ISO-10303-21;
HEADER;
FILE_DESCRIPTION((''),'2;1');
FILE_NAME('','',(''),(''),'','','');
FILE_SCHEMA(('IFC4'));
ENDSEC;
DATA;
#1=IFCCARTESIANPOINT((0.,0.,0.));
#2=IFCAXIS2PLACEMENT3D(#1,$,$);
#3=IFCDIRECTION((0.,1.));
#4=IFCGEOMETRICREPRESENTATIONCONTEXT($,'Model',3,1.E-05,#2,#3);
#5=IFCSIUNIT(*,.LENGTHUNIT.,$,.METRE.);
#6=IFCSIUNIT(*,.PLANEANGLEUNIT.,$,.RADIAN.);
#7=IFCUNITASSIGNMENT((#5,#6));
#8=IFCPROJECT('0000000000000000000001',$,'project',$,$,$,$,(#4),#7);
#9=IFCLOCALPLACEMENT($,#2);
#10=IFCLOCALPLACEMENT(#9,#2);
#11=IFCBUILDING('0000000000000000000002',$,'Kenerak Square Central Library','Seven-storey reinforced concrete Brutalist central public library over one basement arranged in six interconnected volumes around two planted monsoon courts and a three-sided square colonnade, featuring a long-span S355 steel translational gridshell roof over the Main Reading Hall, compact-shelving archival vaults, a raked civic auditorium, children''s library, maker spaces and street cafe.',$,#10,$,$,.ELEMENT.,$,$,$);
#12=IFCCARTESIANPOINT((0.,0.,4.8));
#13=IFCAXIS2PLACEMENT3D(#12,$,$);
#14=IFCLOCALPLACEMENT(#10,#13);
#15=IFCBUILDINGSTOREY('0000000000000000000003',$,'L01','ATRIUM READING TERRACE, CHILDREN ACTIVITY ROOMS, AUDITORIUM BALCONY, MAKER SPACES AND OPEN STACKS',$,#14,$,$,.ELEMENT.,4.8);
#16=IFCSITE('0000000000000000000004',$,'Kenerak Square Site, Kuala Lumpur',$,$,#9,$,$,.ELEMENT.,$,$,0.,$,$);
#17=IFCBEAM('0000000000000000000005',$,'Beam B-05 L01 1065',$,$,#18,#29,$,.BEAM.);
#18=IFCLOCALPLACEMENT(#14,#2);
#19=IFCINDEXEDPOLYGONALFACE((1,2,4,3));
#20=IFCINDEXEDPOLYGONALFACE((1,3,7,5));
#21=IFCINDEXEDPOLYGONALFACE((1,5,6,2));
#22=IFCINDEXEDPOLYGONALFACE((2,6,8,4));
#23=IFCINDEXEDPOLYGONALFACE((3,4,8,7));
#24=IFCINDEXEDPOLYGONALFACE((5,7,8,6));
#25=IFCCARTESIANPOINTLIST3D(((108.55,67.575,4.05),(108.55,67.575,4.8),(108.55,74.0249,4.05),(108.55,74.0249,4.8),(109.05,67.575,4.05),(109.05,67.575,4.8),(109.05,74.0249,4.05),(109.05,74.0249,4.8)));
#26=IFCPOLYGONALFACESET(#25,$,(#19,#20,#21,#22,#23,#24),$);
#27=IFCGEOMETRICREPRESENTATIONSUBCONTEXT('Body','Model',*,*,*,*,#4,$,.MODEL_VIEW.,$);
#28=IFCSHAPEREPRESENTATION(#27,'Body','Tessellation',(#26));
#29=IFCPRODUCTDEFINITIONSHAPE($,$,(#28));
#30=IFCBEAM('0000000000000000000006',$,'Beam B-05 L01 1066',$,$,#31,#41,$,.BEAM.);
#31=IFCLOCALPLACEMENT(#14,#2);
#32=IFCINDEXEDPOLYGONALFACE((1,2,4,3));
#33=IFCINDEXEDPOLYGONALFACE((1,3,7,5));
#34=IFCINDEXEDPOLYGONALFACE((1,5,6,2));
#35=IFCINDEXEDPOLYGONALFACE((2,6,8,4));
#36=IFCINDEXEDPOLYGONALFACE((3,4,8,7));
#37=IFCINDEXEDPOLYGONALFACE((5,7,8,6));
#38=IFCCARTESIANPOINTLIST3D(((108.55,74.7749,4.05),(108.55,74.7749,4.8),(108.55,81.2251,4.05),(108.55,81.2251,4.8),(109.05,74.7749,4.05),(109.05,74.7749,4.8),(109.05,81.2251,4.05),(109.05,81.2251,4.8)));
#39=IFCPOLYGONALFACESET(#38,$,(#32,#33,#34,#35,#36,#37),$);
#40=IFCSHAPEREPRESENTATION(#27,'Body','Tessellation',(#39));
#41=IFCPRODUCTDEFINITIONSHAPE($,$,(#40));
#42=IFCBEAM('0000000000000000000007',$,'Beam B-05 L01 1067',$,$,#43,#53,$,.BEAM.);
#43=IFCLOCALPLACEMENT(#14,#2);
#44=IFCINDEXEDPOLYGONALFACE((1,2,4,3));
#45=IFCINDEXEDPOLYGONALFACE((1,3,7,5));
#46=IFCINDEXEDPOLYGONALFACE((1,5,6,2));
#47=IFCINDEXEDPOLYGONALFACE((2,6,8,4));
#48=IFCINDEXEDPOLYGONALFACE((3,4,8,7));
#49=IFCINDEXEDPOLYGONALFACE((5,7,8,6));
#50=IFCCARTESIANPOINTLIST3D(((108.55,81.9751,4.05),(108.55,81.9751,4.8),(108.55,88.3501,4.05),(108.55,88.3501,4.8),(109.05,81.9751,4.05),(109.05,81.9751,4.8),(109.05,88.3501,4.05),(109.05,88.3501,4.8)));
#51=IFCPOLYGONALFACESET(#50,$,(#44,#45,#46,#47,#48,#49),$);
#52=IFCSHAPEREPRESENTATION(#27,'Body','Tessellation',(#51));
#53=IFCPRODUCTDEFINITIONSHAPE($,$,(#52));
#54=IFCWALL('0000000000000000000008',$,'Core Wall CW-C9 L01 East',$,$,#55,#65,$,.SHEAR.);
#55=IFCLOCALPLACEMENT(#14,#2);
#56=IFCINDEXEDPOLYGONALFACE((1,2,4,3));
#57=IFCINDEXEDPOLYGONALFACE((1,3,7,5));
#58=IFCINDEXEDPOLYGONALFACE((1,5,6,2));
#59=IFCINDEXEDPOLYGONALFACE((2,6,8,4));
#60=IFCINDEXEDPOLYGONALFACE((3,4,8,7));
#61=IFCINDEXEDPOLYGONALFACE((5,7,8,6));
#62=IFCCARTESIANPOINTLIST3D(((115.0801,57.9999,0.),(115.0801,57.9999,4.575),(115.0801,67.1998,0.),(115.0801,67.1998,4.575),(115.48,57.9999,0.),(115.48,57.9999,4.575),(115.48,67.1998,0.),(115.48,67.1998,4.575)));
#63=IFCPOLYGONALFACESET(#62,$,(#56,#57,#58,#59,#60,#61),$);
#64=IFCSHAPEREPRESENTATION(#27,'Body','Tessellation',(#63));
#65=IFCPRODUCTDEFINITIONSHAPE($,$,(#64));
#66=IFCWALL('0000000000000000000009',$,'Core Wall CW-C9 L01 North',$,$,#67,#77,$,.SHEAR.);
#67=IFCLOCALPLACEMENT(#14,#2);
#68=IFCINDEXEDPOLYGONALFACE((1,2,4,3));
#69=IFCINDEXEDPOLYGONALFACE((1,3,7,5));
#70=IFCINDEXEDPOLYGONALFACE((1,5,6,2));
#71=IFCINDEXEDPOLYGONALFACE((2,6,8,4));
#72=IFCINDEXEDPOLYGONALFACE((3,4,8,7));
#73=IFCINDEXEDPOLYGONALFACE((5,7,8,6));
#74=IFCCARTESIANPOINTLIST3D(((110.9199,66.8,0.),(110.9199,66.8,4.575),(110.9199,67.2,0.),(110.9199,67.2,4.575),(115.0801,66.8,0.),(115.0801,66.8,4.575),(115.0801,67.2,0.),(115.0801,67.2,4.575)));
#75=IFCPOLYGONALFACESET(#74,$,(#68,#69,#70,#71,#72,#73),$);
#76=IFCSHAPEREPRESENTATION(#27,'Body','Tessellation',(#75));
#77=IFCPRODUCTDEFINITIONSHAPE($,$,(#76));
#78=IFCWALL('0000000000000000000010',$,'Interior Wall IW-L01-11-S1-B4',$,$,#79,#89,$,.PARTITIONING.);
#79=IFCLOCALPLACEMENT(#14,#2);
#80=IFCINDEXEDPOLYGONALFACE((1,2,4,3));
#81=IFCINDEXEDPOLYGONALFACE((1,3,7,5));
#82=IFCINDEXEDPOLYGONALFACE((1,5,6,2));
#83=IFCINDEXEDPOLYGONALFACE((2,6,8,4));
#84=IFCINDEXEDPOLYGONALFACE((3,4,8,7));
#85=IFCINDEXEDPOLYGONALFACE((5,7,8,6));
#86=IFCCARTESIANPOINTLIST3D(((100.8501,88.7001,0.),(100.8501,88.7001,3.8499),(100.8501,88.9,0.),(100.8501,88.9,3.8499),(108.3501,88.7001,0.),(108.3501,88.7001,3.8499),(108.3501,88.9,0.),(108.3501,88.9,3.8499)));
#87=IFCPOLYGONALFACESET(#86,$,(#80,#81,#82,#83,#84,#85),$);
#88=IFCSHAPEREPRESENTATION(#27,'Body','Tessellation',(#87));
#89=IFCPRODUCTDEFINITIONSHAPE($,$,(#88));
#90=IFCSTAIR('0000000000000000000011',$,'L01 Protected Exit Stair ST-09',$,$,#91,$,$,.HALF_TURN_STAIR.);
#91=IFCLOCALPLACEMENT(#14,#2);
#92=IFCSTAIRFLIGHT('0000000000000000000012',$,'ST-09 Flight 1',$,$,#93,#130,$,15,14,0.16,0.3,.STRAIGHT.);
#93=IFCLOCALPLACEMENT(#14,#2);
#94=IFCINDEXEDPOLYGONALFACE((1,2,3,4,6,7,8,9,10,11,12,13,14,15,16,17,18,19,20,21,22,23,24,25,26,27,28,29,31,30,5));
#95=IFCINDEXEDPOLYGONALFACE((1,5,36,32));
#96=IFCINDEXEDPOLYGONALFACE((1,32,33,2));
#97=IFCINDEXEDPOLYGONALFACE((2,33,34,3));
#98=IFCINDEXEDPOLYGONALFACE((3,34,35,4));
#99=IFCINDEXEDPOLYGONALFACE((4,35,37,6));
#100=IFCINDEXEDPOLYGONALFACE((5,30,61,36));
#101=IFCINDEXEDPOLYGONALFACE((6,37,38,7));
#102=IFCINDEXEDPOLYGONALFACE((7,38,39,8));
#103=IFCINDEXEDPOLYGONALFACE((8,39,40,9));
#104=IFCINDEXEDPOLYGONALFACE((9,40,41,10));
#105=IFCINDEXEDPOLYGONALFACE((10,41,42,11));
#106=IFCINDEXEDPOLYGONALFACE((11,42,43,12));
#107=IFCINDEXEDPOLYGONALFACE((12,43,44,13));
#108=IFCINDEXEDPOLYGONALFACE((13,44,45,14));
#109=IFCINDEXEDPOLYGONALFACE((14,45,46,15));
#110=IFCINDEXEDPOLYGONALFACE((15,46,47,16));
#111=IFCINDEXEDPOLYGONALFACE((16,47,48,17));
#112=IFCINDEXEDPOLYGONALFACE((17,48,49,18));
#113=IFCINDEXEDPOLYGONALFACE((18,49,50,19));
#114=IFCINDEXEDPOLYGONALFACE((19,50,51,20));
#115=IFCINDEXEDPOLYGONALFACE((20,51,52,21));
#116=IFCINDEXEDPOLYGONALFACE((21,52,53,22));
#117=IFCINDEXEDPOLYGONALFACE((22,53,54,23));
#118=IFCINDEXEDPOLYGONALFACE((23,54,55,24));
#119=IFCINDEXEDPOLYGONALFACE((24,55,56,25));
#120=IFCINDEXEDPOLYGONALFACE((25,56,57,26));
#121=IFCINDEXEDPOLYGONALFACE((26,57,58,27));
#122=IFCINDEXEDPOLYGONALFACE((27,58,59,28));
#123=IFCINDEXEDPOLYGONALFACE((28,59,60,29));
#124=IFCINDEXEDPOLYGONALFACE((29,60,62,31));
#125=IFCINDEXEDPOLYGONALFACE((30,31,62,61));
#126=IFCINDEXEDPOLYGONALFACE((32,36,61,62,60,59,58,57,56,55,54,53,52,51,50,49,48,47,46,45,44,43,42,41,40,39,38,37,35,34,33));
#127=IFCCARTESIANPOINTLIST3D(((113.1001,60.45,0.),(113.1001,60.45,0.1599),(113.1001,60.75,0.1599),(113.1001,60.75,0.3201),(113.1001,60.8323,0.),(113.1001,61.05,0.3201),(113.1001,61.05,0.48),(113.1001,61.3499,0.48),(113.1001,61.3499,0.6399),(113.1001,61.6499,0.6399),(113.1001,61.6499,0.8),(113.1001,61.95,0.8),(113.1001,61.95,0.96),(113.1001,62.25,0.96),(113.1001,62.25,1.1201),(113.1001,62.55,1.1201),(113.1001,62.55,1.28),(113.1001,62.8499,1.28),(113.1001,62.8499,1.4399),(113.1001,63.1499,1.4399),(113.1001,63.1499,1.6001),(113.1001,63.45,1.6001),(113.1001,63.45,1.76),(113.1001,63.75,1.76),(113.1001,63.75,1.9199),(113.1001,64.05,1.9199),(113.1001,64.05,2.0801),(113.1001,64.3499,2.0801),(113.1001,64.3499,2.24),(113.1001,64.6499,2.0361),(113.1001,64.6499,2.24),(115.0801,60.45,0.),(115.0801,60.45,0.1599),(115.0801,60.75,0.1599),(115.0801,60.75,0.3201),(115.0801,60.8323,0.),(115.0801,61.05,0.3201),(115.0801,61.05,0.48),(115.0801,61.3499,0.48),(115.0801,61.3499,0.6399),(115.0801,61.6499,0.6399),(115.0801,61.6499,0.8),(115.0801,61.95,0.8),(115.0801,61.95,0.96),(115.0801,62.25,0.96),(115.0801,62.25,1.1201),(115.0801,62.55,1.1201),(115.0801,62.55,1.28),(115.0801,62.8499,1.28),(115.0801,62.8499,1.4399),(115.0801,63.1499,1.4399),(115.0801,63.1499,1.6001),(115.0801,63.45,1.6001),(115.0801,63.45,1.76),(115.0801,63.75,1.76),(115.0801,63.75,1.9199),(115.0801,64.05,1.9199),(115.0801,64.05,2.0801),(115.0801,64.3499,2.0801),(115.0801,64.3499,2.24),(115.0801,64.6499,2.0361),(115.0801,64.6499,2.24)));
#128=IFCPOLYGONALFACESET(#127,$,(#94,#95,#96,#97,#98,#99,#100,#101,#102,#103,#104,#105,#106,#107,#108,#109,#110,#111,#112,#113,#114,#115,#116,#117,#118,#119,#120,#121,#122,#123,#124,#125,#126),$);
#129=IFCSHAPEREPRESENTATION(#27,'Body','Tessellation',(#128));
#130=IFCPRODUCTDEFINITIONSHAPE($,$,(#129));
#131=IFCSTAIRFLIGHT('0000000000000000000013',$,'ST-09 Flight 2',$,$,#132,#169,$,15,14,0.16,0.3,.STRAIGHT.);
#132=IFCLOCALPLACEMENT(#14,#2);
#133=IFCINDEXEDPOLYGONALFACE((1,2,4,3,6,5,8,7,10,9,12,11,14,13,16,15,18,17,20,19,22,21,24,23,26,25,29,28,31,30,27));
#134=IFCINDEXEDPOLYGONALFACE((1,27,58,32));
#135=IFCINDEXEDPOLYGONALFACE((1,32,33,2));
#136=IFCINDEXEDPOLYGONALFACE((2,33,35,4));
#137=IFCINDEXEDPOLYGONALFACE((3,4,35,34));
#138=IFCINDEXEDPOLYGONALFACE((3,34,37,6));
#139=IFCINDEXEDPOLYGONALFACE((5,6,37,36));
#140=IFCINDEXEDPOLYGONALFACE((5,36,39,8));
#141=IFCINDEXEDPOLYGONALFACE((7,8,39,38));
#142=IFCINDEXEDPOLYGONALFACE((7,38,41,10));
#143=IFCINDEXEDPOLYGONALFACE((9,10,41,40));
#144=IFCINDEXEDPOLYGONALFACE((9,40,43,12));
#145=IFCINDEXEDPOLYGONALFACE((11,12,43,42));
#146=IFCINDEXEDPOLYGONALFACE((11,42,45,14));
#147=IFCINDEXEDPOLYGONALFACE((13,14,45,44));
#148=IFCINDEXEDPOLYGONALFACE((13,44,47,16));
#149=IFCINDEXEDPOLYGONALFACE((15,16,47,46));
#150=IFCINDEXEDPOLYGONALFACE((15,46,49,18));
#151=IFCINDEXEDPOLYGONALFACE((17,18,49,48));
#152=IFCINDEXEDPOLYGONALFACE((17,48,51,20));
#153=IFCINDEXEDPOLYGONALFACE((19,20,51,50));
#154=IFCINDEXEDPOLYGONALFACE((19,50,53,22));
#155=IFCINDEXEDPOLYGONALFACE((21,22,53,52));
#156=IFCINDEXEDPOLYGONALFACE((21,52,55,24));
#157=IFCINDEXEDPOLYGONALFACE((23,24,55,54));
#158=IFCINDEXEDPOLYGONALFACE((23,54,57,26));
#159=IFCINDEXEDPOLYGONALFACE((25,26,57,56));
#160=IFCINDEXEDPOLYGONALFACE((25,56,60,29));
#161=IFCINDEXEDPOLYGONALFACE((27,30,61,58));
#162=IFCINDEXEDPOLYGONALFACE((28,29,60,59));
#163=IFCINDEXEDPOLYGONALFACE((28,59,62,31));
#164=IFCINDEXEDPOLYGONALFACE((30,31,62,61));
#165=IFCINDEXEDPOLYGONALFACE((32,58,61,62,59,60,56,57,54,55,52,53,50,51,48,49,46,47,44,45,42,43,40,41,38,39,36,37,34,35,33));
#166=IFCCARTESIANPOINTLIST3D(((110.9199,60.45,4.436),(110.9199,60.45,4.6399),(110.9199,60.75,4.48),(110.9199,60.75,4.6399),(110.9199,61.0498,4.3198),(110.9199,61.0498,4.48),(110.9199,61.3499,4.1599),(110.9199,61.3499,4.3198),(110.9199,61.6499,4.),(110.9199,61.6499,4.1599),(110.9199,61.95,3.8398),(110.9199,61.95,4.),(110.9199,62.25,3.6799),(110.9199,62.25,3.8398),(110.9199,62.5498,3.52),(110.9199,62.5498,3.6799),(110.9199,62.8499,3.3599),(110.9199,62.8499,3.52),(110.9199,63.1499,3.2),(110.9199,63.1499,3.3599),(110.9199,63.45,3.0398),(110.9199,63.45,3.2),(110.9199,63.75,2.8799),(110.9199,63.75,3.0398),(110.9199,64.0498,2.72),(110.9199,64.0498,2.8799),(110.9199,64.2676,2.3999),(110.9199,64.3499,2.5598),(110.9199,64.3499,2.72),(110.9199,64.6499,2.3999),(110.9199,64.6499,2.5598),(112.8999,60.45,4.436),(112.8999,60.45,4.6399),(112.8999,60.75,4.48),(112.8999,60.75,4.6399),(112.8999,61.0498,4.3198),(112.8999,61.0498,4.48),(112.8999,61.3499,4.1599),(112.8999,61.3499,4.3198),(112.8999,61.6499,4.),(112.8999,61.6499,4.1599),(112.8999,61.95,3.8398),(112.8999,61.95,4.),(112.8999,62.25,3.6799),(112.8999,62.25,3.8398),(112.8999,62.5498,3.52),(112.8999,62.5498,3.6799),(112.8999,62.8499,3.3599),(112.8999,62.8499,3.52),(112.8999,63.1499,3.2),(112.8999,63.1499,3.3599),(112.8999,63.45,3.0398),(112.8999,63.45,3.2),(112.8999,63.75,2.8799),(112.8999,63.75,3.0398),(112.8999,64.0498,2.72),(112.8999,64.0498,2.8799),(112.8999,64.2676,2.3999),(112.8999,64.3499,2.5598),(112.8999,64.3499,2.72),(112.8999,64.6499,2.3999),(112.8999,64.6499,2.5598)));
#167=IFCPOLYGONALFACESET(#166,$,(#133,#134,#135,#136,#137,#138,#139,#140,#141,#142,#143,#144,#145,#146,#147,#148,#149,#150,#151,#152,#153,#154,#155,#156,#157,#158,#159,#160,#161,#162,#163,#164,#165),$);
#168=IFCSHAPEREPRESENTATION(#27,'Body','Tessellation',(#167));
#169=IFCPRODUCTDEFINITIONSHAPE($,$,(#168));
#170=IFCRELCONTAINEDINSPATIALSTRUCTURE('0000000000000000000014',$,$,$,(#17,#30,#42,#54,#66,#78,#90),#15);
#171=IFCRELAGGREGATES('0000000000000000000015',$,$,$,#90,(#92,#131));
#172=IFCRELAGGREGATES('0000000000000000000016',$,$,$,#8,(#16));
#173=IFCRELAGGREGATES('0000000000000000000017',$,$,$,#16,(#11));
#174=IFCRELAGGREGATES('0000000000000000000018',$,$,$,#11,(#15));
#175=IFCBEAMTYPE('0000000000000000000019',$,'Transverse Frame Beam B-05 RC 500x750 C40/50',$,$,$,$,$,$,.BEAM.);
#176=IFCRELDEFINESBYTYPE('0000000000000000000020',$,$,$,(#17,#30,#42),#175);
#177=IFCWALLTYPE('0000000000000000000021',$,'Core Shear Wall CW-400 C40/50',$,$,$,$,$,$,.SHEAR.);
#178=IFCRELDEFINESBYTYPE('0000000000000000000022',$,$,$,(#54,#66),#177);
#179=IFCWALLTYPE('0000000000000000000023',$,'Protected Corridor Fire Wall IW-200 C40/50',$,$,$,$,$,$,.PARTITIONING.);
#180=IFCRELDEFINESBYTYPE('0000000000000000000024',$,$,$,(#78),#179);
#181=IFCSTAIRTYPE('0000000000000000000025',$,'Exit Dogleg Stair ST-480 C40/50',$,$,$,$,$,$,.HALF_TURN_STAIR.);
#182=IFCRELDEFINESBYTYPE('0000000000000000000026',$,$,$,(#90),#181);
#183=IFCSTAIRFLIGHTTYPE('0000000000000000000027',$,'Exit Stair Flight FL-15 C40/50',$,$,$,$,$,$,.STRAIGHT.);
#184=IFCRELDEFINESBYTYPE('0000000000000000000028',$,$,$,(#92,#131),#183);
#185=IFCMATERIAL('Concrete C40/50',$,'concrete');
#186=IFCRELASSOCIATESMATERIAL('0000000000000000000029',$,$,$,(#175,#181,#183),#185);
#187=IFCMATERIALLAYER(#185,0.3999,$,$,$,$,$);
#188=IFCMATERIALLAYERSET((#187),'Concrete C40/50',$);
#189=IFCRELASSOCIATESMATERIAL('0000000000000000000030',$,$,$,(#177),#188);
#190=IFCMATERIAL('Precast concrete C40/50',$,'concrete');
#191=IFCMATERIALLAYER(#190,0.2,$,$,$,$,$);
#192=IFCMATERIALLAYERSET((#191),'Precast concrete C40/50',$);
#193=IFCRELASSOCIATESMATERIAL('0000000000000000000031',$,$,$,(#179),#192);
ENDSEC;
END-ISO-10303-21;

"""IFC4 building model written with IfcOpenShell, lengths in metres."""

from ifc_helpers import new_model, si_unit, direction, frame, frame_2d, origin, origin_2d, place, context, subcontext, project, spatial, polyline, rectangle, outline, extrude, material, layer, layer_set, material_profile, profile_set, type_object, element, aggregate, save


model = new_model("IFC4")

# Units and contexts
model_context = context("Model", 3, precision=1e-05, world=origin(), true_north=direction((0.0, 1.0)))
body_context = subcontext(model_context, "Body", "Model", "MODEL_VIEW")
ifc_project = project(units=[si_unit("LENGTHUNIT", "METRE"), si_unit("PLANEANGLEUNIT", "RADIAN")], contexts=[model_context])

# Site, building, storey
site_placement = place(None, origin())
site = spatial("IfcSite", under=ifc_project, at=site_placement, Name="Kenerak Square Site, Kuala Lumpur", CompositionType="ELEMENT", RefElevation=0.0)
building_placement = place(site_placement, origin())
building = spatial("IfcBuilding", under=site, at=building_placement, Name="Kenerak Square Central Library", Description="Seven-storey reinforced concrete Brutalist central public library over one basement arranged in six interconnected volumes around two planted monsoon courts and a three-sided square colonnade, featuring a long-span S355 steel translational gridshell roof over the Main Reading Hall, compact-shelving archival vaults, a raked civic auditorium, children's library, maker spaces and street cafe.", CompositionType="ELEMENT")
storey_placement = place(building_placement, frame((0.0, 0.0, 4.8)))
storey = spatial("IfcBuildingStorey", under=building, at=storey_placement, Name="L01", Description="ATRIUM READING TERRACE, CHILDREN ACTIVITY ROOMS, AUDITORIUM BALCONY, MAKER SPACES AND OPEN STACKS", CompositionType="ELEMENT", Elevation=4.8)

# Shared definitions
ifc_material_1 = material(Name="Concrete C40/50", Category="concrete")

# Beams
ifc_material_profile_1 = material_profile(ifc_material_1, rectangle(XDim=0.5, YDim=0.75, at=origin_2d()), Name="RC 500x750")
ifc_profile_set_1 = profile_set([ifc_material_profile_1], Name="Concrete C40/50")
beam_type_1 = type_object("IfcBeamType", Name="Transverse Frame Beam B-05 RC 500x750 C40/50", PredefinedType="BEAM", material=ifc_profile_set_1)
beam_1_placement = place(storey_placement, frame((108.8, 67.575, 4.425), z_axis=(0.0, 1.0, 0.0), x_axis=(-1.0, 0.0, 0.0)))
element("IfcBeam", 1, at=beam_1_placement, inside=storey, type_object=beam_type_1, Name="Beam B-05 L01 1065", PredefinedType="BEAM", context=body_context, shape_type="SweptSolid", body=[
    extrude(rectangle(XDim=0.5, YDim=0.75, at=origin_2d()), origin(), (0.0, 0.0, 1.0), 6.45),
])
beam_2_placement = place(storey_placement, frame((108.8, 74.7749, 4.425), z_axis=(0.0, 1.0, 0.0), x_axis=(-1.0, 0.0, 0.0)))
element("IfcBeam", 2, at=beam_2_placement, inside=storey, type_object=beam_type_1, Name="Beam B-05 L01 1066", PredefinedType="BEAM", context=body_context, shape_type="SweptSolid", body=[
    extrude(rectangle(XDim=0.5, YDim=0.75, at=origin_2d()), origin(), (0.0, 0.0, 1.0), 6.4502),
])
beam_3_placement = place(storey_placement, frame((108.8, 81.9751, 4.425), z_axis=(0.0, 1.0, 0.0), x_axis=(-1.0, 0.0, 0.0)))
element("IfcBeam", 3, at=beam_3_placement, inside=storey, type_object=beam_type_1, Name="Beam B-05 L01 1067", PredefinedType="BEAM", context=body_context, shape_type="SweptSolid", body=[
    extrude(rectangle(XDim=0.5, YDim=0.75, at=origin_2d()), origin(), (0.0, 0.0, 1.0), 6.375),
])

# Walls
ifc_layer_1 = layer(ifc_material_1, 0.3999)
ifc_layer_set_1 = layer_set([ifc_layer_1], Name="Concrete C40/50")
wall_type_1 = type_object("IfcWallType", Name="Core Shear Wall CW-400 C40/50", PredefinedType="SHEAR", material=ifc_layer_set_1)
wall_1_placement = place(storey_placement, frame((115.28, 67.2, 0.0), z_axis=(0.0, 0.0, 1.0), x_axis=(0.0, -1.0, 0.0)))
element("IfcWall", 4, at=wall_1_placement, inside=storey, type_object=wall_type_1, Name="Core Wall CW-C9 L01 East", PredefinedType="SHEAR", context=body_context, shape_type="SweptSolid", body=[
    extrude(rectangle(XDim=9.2, YDim=0.3999, at=frame_2d((4.6001, 0.0))), origin(), (0.0, 0.0, 1.0), 4.575),
])
wall_2_placement = place(storey_placement, frame((110.9199, 67.0, 0.0), z_axis=(0.0, 0.0, 1.0), x_axis=(1.0, 0.0, 0.0)))
element("IfcWall", 5, at=wall_2_placement, inside=storey, type_object=wall_type_1, Name="Core Wall CW-C9 L01 North", PredefinedType="SHEAR", context=body_context, shape_type="SweptSolid", body=[
    extrude(rectangle(XDim=4.1602, YDim=0.3999, at=frame_2d((2.0801, 0.0))), origin(), (0.0, 0.0, 1.0), 4.575),
])
ifc_material_2 = material(Name="Precast concrete C40/50", Category="concrete")
ifc_layer_2 = layer(ifc_material_2, 0.2)
ifc_layer_set_2 = layer_set([ifc_layer_2], Name="Precast concrete C40/50")
wall_type_2 = type_object("IfcWallType", Name="Protected Corridor Fire Wall IW-200 C40/50", PredefinedType="PARTITIONING", material=ifc_layer_set_2)
wall_3_placement = place(storey_placement, frame((108.3501, 88.8, 0.0), z_axis=(0.0, 0.0, 1.0), x_axis=(-1.0, 0.0, 0.0)))
element("IfcWall", 6, at=wall_3_placement, inside=storey, type_object=wall_type_2, Name="Interior Wall IW-L01-11-S1-B4", PredefinedType="PARTITIONING", context=body_context, shape_type="SweptSolid", body=[
    extrude(rectangle(XDim=7.5, YDim=0.2, at=frame_2d((3.75, 0.0))), origin(), (0.0, 0.0, 1.0), 3.8499),
])

# Stair, stair flights
stair_type = type_object("IfcStairType", Name="Exit Dogleg Stair ST-480 C40/50", PredefinedType="HALF_TURN_STAIR", material=ifc_material_1)
stair_placement = place(storey_placement, origin())
stair = element("IfcStair", 7, at=stair_placement, inside=storey, type_object=stair_type, Name="L01 Protected Exit Stair ST-09", PredefinedType="HALF_TURN_STAIR")
stair_flight_type = type_object("IfcStairFlightType", Name="Exit Stair Flight FL-15 C40/50", PredefinedType="STRAIGHT", material=ifc_material_1)
stair_flight_1_placement = place(storey_placement, frame((114.0901, 60.45, 0.0), z_axis=(0.0, 0.0, 1.0), x_axis=(0.0, 1.0, 0.0)))
stair_flight_1 = element("IfcStairFlight", 8, at=stair_flight_1_placement, type_object=stair_flight_type, Name="ST-09 Flight 1", NumberOfRisers=15, NumberOfTreads=14, PredefinedType="STRAIGHT", RiserHeight=0.16, TreadLength=0.3, context=body_context, shape_type="SweptSolid", body=[
    extrude(outline(polyline([(0.0, 0.0), (0.0, 0.1599), (0.3, 0.1599), (0.3, 0.3201), (0.6001, 0.3201), (0.6001, 0.48), (0.8999, 0.48), (0.8999, 0.6399), (1.2, 0.6399), (1.2, 0.8), (1.5, 0.8), (1.5, 0.96), (1.8, 0.96), (1.8, 1.1201), (2.1001, 1.1201), (2.1001, 1.28), (2.3999, 1.28), (2.3999, 1.4399), (2.7, 1.4399), (2.7, 1.6001), (3.0, 1.6001), (3.0, 1.76), (3.3, 1.76), (3.3, 1.9199), (3.6001, 1.9199), (3.6001, 2.0801), (3.8999, 2.0801), (3.8999, 2.24), (4.2, 2.24), (4.2, 2.3999), (4.2, 2.0361), (0.3823, 0.0), (0.0, 0.0)])), frame((0.0, 0.99, 0.0), z_axis=(0.0, -1.0, 0.0), x_axis=(1.0, 0.0, 0.0)), (0.0, 0.0, 1.0), 1.98),
])
stair_flight_2_placement = place(storey_placement, frame((111.9099, 64.6499, 2.3999), z_axis=(0.0, 0.0, 1.0), x_axis=(0.0, -1.0, 0.0)))
stair_flight_2 = element("IfcStairFlight", 9, at=stair_flight_2_placement, type_object=stair_flight_type, Name="ST-09 Flight 2", NumberOfRisers=15, NumberOfTreads=14, PredefinedType="STRAIGHT", RiserHeight=0.16, TreadLength=0.3, context=body_context, shape_type="SweptSolid", body=[
    extrude(outline(polyline([(0.0, 0.0), (0.0, 0.1599), (0.3, 0.1599), (0.3, 0.3201), (0.6001, 0.3201), (0.6001, 0.48), (0.8999, 0.48), (0.8999, 0.6399), (1.2, 0.6399), (1.2, 0.8), (1.5, 0.8), (1.5, 0.96), (1.8, 0.96), (1.8, 1.1201), (2.1001, 1.1201), (2.1001, 1.28), (2.3999, 1.28), (2.3999, 1.4399), (2.7, 1.4399), (2.7, 1.6001), (3.0, 1.6001), (3.0, 1.76), (3.3, 1.76), (3.3, 1.9199), (3.6001, 1.9199), (3.6001, 2.0801), (3.8999, 2.0801), (3.8999, 2.24), (4.2, 2.24), (4.2, 2.3999), (4.2, 2.0361), (0.3823, 0.0), (0.0, 0.0)])), frame((0.0, 0.99, 0.0), z_axis=(0.0, -1.0, 0.0), x_axis=(1.0, 0.0, 0.0)), (0.0, 0.0, 1.0), 1.98),
])
aggregate(stair, [stair_flight_1, stair_flight_2])

save(model, "model.ifc")
